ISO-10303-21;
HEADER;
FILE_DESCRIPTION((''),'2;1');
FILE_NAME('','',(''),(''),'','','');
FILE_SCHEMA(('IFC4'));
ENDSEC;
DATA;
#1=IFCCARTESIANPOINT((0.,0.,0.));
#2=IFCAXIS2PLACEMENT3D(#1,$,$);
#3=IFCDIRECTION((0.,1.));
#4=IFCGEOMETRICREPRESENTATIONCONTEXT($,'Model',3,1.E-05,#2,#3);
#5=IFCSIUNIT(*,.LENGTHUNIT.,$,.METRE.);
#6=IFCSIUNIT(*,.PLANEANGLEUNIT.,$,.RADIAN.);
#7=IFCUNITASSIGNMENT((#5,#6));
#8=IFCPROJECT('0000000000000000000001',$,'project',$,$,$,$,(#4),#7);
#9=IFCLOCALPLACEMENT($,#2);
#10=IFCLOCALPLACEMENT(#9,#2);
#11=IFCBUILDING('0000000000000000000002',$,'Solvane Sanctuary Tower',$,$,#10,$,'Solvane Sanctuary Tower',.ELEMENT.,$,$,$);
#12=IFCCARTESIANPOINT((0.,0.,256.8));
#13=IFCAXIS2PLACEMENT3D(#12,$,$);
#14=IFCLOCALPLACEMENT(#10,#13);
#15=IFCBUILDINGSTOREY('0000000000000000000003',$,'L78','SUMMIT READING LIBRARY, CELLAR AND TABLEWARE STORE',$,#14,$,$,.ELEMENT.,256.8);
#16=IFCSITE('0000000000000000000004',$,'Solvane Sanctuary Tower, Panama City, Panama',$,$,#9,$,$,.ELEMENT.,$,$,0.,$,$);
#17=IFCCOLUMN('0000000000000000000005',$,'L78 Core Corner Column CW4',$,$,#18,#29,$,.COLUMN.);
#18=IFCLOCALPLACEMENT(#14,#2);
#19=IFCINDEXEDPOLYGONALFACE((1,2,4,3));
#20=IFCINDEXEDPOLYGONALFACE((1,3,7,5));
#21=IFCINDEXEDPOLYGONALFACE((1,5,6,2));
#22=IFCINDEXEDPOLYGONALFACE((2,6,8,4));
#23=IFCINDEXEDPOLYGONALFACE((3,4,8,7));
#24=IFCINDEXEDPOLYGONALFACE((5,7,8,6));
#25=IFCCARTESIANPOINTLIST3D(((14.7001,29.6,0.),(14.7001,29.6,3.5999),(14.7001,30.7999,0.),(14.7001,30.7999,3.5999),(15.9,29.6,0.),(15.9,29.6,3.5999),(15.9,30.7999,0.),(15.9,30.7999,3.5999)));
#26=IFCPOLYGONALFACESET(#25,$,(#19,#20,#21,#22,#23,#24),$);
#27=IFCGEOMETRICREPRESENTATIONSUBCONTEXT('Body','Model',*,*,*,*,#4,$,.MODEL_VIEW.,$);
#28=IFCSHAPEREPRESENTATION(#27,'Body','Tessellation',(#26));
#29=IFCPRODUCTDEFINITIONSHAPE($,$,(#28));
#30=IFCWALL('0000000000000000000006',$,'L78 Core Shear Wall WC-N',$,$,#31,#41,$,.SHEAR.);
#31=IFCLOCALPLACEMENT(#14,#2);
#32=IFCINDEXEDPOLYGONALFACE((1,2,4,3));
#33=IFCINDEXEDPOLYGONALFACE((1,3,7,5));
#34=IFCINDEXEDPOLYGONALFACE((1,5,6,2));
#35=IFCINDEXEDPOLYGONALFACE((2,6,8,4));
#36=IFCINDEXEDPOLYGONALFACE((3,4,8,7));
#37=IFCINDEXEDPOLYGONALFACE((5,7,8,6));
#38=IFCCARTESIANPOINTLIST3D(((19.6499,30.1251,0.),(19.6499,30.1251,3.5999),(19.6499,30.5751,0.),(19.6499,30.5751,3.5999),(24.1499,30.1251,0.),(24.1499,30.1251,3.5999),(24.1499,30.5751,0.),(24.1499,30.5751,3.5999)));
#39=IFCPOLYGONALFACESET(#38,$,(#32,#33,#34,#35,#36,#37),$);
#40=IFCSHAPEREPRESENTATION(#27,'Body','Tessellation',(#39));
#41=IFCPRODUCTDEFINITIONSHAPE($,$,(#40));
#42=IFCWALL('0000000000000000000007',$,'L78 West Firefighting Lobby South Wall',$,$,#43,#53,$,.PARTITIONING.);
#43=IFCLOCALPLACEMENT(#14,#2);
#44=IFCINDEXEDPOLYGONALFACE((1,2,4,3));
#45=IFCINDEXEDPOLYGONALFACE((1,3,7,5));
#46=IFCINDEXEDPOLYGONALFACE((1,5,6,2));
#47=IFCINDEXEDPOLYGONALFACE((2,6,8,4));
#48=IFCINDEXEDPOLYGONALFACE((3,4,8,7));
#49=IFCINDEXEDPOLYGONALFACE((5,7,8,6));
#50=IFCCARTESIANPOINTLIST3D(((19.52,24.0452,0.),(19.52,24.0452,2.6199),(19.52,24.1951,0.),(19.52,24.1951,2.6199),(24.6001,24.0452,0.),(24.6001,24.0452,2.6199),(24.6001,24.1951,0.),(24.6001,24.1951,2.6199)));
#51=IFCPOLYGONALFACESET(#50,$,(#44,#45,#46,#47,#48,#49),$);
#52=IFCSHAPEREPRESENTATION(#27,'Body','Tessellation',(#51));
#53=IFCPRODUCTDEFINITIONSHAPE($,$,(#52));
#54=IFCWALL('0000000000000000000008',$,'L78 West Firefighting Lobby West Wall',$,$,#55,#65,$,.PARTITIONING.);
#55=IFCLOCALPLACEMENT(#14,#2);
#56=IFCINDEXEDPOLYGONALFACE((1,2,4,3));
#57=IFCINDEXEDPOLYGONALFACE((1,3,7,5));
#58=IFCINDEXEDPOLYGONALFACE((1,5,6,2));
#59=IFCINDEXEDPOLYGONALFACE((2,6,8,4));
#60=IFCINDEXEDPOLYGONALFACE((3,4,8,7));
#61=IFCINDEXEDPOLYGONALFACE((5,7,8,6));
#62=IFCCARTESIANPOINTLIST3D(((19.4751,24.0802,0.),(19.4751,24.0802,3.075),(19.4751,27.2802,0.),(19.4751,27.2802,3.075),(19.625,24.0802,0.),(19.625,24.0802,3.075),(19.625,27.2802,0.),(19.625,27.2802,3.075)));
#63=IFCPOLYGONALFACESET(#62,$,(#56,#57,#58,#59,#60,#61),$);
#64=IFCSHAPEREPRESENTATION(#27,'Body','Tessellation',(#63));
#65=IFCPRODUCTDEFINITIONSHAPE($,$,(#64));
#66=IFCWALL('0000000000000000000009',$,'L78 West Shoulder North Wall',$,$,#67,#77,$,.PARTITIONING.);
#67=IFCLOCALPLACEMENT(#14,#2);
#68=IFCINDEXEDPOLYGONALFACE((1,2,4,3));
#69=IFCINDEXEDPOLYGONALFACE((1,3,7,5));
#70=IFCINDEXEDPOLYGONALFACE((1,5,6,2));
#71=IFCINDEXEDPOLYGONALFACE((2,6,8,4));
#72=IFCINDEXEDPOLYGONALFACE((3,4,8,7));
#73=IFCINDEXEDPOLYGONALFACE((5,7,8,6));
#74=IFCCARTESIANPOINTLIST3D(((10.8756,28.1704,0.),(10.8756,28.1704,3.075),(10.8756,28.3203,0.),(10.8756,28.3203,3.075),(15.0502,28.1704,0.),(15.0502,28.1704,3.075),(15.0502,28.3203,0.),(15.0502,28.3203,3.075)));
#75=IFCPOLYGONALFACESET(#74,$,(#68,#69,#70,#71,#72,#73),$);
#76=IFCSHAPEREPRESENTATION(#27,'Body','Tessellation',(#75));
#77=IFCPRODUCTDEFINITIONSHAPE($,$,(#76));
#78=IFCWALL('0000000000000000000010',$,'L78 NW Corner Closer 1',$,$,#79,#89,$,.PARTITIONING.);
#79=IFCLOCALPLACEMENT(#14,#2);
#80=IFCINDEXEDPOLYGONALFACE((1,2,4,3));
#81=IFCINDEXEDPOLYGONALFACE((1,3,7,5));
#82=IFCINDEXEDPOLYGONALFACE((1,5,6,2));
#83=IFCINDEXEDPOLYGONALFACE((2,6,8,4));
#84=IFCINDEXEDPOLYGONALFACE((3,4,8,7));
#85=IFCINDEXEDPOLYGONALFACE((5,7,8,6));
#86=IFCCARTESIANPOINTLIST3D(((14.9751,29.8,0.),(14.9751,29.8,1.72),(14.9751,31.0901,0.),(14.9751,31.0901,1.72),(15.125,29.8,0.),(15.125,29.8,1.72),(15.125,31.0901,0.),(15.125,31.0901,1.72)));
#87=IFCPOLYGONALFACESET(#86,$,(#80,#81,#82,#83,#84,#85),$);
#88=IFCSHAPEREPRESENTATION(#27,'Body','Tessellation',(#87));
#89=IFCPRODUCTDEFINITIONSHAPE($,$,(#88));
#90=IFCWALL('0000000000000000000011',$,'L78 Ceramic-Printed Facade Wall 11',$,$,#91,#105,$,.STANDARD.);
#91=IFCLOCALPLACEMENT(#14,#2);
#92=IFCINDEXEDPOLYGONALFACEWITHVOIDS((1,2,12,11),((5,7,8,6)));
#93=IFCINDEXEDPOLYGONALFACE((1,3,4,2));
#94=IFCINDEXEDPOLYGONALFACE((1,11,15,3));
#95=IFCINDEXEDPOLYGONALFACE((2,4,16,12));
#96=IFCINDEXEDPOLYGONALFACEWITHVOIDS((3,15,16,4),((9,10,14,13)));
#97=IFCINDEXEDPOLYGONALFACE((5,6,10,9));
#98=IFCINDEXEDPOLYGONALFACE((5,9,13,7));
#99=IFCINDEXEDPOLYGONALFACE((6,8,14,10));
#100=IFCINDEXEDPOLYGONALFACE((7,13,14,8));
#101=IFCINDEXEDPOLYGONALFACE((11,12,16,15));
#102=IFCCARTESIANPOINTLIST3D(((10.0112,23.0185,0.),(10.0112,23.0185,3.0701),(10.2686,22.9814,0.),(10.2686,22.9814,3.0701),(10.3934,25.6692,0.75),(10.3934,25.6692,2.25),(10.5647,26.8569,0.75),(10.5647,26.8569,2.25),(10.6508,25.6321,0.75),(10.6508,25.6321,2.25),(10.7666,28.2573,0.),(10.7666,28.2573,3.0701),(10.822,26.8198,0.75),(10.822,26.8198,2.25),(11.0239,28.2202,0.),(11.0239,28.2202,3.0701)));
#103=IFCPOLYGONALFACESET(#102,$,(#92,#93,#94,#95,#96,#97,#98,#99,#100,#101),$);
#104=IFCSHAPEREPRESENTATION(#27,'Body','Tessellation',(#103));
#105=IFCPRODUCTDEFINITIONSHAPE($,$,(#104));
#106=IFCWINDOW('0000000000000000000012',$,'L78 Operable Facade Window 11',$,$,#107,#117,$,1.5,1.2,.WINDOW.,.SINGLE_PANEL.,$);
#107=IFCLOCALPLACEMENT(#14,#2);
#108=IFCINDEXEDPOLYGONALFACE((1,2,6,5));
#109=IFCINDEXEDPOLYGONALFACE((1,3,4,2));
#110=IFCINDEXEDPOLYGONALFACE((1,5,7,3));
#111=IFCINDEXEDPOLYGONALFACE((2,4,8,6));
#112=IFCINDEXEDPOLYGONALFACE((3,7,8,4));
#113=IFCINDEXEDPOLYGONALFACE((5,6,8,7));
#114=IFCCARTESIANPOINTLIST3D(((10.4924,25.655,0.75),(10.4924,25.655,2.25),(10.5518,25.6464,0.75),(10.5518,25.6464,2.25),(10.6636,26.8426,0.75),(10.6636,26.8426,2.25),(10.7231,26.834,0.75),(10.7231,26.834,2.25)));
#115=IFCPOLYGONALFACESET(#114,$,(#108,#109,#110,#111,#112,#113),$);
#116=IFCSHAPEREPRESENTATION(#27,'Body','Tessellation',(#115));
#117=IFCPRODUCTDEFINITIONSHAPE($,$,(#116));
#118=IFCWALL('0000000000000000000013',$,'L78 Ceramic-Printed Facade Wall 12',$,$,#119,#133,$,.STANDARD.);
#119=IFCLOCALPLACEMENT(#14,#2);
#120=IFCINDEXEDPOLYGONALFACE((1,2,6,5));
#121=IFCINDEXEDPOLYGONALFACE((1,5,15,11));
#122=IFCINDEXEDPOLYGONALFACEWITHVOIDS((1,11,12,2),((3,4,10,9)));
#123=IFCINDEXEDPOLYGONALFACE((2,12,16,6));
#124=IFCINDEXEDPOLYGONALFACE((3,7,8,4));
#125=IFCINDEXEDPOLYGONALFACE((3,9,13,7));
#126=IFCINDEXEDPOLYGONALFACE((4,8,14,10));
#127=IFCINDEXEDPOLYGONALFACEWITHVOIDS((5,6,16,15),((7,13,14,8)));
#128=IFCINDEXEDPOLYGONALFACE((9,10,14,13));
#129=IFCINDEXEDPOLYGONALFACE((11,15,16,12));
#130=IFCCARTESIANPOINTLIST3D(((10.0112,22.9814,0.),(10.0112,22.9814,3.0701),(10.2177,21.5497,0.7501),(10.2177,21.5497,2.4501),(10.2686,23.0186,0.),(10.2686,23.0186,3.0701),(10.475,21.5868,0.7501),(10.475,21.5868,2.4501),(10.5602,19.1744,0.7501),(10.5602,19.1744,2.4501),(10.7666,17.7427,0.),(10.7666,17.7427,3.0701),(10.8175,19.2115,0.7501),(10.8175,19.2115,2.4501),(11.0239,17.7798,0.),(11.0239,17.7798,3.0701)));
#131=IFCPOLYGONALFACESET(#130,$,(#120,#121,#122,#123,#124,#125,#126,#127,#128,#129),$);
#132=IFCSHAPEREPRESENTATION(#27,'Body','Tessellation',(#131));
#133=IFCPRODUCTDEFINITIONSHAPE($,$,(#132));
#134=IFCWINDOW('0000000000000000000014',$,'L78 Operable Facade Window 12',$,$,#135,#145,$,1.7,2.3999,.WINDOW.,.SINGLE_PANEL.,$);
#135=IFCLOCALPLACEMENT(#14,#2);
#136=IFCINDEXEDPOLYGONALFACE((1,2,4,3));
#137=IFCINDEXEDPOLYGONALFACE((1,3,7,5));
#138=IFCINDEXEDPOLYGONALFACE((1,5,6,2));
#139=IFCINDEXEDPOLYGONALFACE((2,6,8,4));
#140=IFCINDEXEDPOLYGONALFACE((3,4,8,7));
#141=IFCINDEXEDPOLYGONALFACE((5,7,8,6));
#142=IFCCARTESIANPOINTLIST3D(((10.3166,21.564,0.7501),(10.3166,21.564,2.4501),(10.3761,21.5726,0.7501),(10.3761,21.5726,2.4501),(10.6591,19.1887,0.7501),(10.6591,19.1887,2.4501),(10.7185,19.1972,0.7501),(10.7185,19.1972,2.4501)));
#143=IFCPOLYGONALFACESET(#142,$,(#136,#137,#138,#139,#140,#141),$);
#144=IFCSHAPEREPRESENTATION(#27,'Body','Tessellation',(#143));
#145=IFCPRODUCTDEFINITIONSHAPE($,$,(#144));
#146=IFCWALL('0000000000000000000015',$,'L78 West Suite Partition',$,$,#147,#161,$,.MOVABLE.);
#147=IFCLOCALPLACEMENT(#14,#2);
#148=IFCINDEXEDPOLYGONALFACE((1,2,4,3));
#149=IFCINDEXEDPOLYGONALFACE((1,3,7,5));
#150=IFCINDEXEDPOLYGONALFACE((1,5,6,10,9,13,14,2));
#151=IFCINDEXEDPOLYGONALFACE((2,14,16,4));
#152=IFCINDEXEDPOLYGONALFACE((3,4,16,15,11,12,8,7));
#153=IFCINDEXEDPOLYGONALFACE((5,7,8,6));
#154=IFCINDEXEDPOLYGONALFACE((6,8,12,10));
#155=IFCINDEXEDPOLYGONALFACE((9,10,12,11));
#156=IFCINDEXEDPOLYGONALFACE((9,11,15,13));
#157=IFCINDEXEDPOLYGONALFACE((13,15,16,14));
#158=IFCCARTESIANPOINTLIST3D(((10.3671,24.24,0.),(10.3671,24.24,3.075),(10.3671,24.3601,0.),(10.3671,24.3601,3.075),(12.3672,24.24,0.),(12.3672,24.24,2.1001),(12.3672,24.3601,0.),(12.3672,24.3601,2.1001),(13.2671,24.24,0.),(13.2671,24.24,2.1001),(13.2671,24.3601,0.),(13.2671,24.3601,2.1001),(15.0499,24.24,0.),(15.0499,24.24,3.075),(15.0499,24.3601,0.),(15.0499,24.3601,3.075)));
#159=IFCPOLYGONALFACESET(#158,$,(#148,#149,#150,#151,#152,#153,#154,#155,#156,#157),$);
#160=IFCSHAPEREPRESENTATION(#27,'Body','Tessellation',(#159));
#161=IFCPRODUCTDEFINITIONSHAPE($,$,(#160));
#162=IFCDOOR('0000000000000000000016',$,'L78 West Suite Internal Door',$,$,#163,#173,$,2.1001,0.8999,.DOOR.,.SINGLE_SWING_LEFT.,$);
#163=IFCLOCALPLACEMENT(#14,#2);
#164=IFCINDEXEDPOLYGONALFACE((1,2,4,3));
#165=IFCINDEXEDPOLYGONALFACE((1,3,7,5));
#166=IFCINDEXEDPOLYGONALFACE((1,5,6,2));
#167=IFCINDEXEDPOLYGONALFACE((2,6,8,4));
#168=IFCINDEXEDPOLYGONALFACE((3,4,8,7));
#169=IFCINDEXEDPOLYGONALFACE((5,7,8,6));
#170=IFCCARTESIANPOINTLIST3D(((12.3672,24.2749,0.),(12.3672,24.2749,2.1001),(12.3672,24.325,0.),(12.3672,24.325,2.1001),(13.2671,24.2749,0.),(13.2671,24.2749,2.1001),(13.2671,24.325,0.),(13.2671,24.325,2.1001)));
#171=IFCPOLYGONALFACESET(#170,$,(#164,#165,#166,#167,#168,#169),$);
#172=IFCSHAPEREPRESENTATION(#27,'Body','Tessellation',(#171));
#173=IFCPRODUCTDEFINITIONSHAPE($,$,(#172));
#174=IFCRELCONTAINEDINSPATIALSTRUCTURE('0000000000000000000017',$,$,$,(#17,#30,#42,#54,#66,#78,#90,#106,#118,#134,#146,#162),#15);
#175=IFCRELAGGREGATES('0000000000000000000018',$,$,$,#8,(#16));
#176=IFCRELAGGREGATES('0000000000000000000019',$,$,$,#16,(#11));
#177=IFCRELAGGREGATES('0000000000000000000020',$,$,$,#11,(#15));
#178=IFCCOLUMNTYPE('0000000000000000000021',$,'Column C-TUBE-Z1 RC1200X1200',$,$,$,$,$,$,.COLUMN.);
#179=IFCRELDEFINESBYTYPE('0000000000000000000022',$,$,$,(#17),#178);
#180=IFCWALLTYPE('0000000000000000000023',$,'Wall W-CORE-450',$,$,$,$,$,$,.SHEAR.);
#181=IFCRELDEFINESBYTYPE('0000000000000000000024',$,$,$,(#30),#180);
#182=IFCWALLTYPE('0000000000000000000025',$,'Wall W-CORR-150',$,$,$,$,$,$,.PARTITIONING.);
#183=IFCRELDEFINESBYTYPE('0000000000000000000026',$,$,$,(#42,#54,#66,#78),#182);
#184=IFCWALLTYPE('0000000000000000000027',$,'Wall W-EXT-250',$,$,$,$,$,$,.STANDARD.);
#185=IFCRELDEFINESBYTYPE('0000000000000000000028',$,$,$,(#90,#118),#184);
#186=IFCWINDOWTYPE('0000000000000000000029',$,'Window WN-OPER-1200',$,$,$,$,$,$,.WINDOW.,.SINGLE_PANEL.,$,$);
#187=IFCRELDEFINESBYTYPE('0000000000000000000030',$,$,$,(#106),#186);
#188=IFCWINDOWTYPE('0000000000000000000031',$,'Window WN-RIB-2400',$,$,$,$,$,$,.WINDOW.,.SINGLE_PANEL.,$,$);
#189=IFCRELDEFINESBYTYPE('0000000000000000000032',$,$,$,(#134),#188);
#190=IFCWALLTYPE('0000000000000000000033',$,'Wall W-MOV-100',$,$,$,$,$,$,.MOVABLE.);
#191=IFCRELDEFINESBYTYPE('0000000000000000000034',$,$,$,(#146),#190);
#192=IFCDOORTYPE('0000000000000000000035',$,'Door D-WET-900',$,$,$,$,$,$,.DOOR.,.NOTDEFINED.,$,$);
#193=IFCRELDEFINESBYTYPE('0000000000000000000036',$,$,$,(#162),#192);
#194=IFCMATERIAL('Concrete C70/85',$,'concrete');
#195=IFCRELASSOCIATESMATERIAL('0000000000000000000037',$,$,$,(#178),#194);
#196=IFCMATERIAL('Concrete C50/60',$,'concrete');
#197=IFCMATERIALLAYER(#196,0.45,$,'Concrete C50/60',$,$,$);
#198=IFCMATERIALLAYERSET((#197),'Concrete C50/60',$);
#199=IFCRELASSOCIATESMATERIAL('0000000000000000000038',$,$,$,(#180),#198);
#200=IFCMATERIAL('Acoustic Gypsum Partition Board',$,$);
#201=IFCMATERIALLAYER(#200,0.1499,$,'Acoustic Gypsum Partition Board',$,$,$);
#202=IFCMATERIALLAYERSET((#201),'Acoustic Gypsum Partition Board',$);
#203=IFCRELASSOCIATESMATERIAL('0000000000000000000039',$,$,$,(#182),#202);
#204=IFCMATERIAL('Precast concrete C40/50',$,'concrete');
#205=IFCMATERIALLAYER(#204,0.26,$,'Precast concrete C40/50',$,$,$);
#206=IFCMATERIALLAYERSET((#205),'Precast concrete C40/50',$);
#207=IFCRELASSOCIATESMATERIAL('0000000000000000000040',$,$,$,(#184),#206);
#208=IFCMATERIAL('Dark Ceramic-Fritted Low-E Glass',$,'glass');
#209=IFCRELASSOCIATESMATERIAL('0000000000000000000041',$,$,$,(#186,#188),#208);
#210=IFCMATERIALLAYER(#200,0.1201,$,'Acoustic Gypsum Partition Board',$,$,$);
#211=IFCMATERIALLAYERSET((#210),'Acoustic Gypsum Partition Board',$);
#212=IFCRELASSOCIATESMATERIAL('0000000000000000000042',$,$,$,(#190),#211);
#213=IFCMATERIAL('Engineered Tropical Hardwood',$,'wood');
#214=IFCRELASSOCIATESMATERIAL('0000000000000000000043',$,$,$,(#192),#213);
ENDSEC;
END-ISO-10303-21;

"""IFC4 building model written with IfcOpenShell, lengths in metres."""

from ifc_helpers import new_model, si_unit, direction, frame, frame_2d, origin, origin_2d, place, context, subcontext, project, spatial, rectangle, extrude, material, layer, layer_set, material_profile, profile_set, type_object, element, fill, save


model = new_model("IFC4")

# Units and contexts
model_context = context("Model", 3, precision=1e-05, world=origin(), true_north=direction((0.0, 1.0)))
body_context = subcontext(model_context, "Body", "Model", "MODEL_VIEW")
ifc_project = project(units=[si_unit("LENGTHUNIT", "METRE"), si_unit("PLANEANGLEUNIT", "RADIAN")], contexts=[model_context])

# Site, building, storey
site_placement = place(None, origin())
site = spatial("IfcSite", under=ifc_project, at=site_placement, Name="Solvane Sanctuary Tower, Panama City, Panama", CompositionType="ELEMENT", RefElevation=0.0)
building_placement = place(site_placement, origin())
building = spatial("IfcBuilding", under=site, at=building_placement, Name="Solvane Sanctuary Tower", LongName="Solvane Sanctuary Tower", CompositionType="ELEMENT")
storey_placement = place(building_placement, frame((0.0, 0.0, 256.8)))
storey = spatial("IfcBuildingStorey", under=building, at=storey_placement, Name="L78", Description="SUMMIT READING LIBRARY, CELLAR AND TABLEWARE STORE", CompositionType="ELEMENT", Elevation=256.8)

# Column
ifc_material_1 = material(Name="Concrete C70/85", Category="concrete")
ifc_material_profile = material_profile(ifc_material_1, rectangle(XDim=1.2, YDim=1.2, at=origin_2d()), Name="RC1200X1200")
ifc_profile_set = profile_set([ifc_material_profile], Name="Concrete C70/85")
column_type = type_object("IfcColumnType", Name="Column C-TUBE-Z1 RC1200X1200", PredefinedType="COLUMN", material=ifc_profile_set)
column_placement = place(storey_placement, frame((15.3, 30.2, 0.0), z_axis=(0.0, 0.0, 1.0), x_axis=(1.0, 0.0, 0.0)))
element("IfcColumn", 1, at=column_placement, inside=storey, type_object=column_type, Name="L78 Core Corner Column CW4", PredefinedType="COLUMN", context=body_context, shape_type="SweptSolid", body=[
    extrude(rectangle(XDim=1.2, YDim=1.2, at=origin_2d()), origin(), (0.0, 0.0, 1.0), 3.5999),
])

# Walls
ifc_material_2 = material(Name="Concrete C50/60", Category="concrete")
ifc_layer_1 = layer(ifc_material_2, 0.45, Name="Concrete C50/60")
ifc_layer_set_1 = layer_set([ifc_layer_1], Name="Concrete C50/60")
wall_type_1 = type_object("IfcWallType", Name="Wall W-CORE-450", PredefinedType="SHEAR", material=ifc_layer_set_1)
wall_1_placement = place(storey_placement, frame((19.6499, 30.3501, 0.0), z_axis=(0.0, 0.0, 1.0), x_axis=(1.0, 0.0, 0.0)))
element("IfcWall", 2, at=wall_1_placement, inside=storey, type_object=wall_type_1, Name="L78 Core Shear Wall WC-N", PredefinedType="SHEAR", context=body_context, shape_type="SweptSolid", body=[
    extrude(rectangle(XDim=4.5, YDim=0.45, at=frame_2d((2.25, 0.0))), origin(), (0.0, 0.0, 1.0), 3.5999),
])
ifc_material_3 = material(Name="Acoustic Gypsum Partition Board")
ifc_layer_2 = layer(ifc_material_3, 0.1499, Name="Acoustic Gypsum Partition Board")
ifc_layer_set_2 = layer_set([ifc_layer_2], Name="Acoustic Gypsum Partition Board")
wall_type_2 = type_object("IfcWallType", Name="Wall W-CORR-150", PredefinedType="PARTITIONING", material=ifc_layer_set_2)
wall_2_placement = place(storey_placement, frame((19.52, 24.1201, 0.0), z_axis=(0.0, 0.0, 1.0), x_axis=(1.0, 0.0, 0.0)))
element("IfcWall", 3, at=wall_2_placement, inside=storey, type_object=wall_type_2, Name="L78 West Firefighting Lobby South Wall", PredefinedType="PARTITIONING", context=body_context, shape_type="SweptSolid", body=[
    extrude(rectangle(XDim=5.0801, YDim=0.1499, at=frame_2d((2.54, 0.0))), origin(), (0.0, 0.0, 1.0), 2.6199),
])
wall_3_placement = place(storey_placement, frame((19.55, 24.0801, 0.0), z_axis=(0.0, 0.0, 1.0), x_axis=(0.0, 1.0, 0.0)))
element("IfcWall", 4, at=wall_3_placement, inside=storey, type_object=wall_type_2, Name="L78 West Firefighting Lobby West Wall", PredefinedType="PARTITIONING", context=body_context, shape_type="SweptSolid", body=[
    extrude(rectangle(XDim=3.2, YDim=0.1499, at=frame_2d((1.6001, 0.0))), origin(), (0.0, 0.0, 1.0), 3.075),
])
wall_4_placement = place(storey_placement, frame((10.8755, 28.2454, 0.0), z_axis=(0.0, 0.0, 1.0), x_axis=(1.0, 0.0, 0.0)))
element("IfcWall", 5, at=wall_4_placement, inside=storey, type_object=wall_type_2, Name="L78 West Shoulder North Wall", PredefinedType="PARTITIONING", context=body_context, shape_type="SweptSolid", body=[
    extrude(rectangle(XDim=4.1746, YDim=0.1499, at=frame_2d((2.0874, 0.0))), origin(), (0.0, 0.0, 1.0), 3.075),
])
wall_5_placement = place(storey_placement, frame((15.05, 29.8, 0.0), z_axis=(0.0, 0.0, 1.0), x_axis=(0.0, 1.0, 0.0)))
element("IfcWall", 6, at=wall_5_placement, inside=storey, type_object=wall_type_2, Name="L78 NW Corner Closer 1", PredefinedType="PARTITIONING", context=body_context, shape_type="SweptSolid", body=[
    extrude(rectangle(XDim=1.29, YDim=0.1499, at=frame_2d((0.645, 0.0))), origin(), (0.0, 0.0, 1.0), 1.72),
])

# Walls, openings, windows
ifc_material_4 = material(Name="Precast concrete C40/50", Category="concrete")
ifc_layer_3 = layer(ifc_material_4, 0.26, Name="Precast concrete C40/50")
ifc_layer_set_3 = layer_set([ifc_layer_3], Name="Precast concrete C40/50")
wall_type_3 = type_object("IfcWallType", Name="Wall W-EXT-250", PredefinedType="STANDARD", material=ifc_layer_set_3)
wall_6_placement = place(storey_placement, frame((10.8953, 28.2388, 0.0), z_axis=(0.0, 0.0, 1.0), x_axis=(-0.142713, -0.989764, 0.0)))
wall_6 = element("IfcWall", 7, at=wall_6_placement, inside=storey, type_object=wall_type_3, Name="L78 Ceramic-Printed Facade Wall 11", PredefinedType="STANDARD", context=body_context, shape_type="SweptSolid", body=[
    extrude(rectangle(XDim=5.293, YDim=0.26, at=frame_2d((2.6465, 0.0))), origin(), (0.0, 0.0, 1.0), 3.0701),
])
opening_1_placement = place(wall_6_placement, frame((1.4148, 0.0, 0.75)))
opening_1 = element("IfcOpeningElement", 8, at=opening_1_placement, cuts=wall_6, PredefinedType="OPENING", context=body_context, shape_type="SweptSolid", body=[
    extrude(rectangle(XDim=1.2, YDim=1.5, at=frame_2d((0.6001, 0.75))), frame((0.0, 0.1399, 0.0), z_axis=(0.0, -1.0, 0.0), x_axis=(1.0, 0.0, 0.0)), (0.0, 0.0, 1.0), 0.28),
])
ifc_material_5 = material(Name="Dark Ceramic-Fritted Low-E Glass", Category="glass")
window_type_1 = type_object("IfcWindowType", Name="Window WN-OPER-1200", PartitioningType="SINGLE_PANEL", PredefinedType="WINDOW", material=ifc_material_5)
window_1_placement = place(opening_1_placement, origin())
window_1 = element("IfcWindow", 9, at=window_1_placement, inside=storey, type_object=window_type_1, Name="L78 Operable Facade Window 11", OverallHeight=1.5, OverallWidth=1.2, PartitioningType="SINGLE_PANEL", PredefinedType="WINDOW", context=body_context, shape_type="SweptSolid", body=[
    extrude(rectangle(XDim=1.2, YDim=1.5, at=frame_2d((0.6001, 0.75))), frame((0.0, 0.03, 0.0), z_axis=(0.0, -1.0, 0.0), x_axis=(1.0, 0.0, 0.0)), (0.0, 0.0, 1.0), 0.0601),
])
fill(opening_1, window_1)
wall_7_placement = place(storey_placement, frame((10.1399, 23.0, 0.0), z_axis=(0.0, 0.0, 1.0), x_axis=(0.142713, -0.989764, 0.0)))
wall_7 = element("IfcWall", 10, at=wall_7_placement, inside=storey, type_object=wall_type_3, Name="L78 Ceramic-Printed Facade Wall 12", PredefinedType="STANDARD", context=body_context, shape_type="SweptSolid", body=[
    extrude(rectangle(XDim=5.293, YDim=0.26, at=frame_2d((2.6465, 0.0))), origin(), (0.0, 0.0, 1.0), 3.0701),
])
opening_2_placement = place(wall_7_placement, frame((1.4465, 0.0, 0.75)))
opening_2 = element("IfcOpeningElement", 11, at=opening_2_placement, cuts=wall_7, PredefinedType="OPENING", context=body_context, shape_type="SweptSolid", body=[
    extrude(rectangle(XDim=2.3999, YDim=1.7, at=frame_2d((1.2, 0.8501))), frame((0.0, 0.1399, 0.0), z_axis=(0.0, -1.0, 0.0), x_axis=(1.0, 0.0, 0.0)), (0.0, 0.0, 1.0), 0.28),
])
window_type_2 = type_object("IfcWindowType", Name="Window WN-RIB-2400", PartitioningType="SINGLE_PANEL", PredefinedType="WINDOW", material=ifc_material_5)
window_2_placement = place(opening_2_placement, origin())
window_2 = element("IfcWindow", 12, at=window_2_placement, inside=storey, type_object=window_type_2, Name="L78 Operable Facade Window 12", OverallHeight=1.7, OverallWidth=2.3999, PartitioningType="SINGLE_PANEL", PredefinedType="WINDOW", context=body_context, shape_type="SweptSolid", body=[
    extrude(rectangle(XDim=2.3999, YDim=1.7, at=frame_2d((1.2, 0.8501))), frame((0.0, 0.03, 0.0), z_axis=(0.0, -1.0, 0.0), x_axis=(1.0, 0.0, 0.0)), (0.0, 0.0, 1.0), 0.0601),
])
fill(opening_2, window_2)

# Wall, opening, door
ifc_layer_4 = layer(ifc_material_3, 0.1201, Name="Acoustic Gypsum Partition Board")
ifc_layer_set_4 = layer_set([ifc_layer_4], Name="Acoustic Gypsum Partition Board")
wall_type_4 = type_object("IfcWallType", Name="Wall W-MOV-100", PredefinedType="MOVABLE", material=ifc_layer_set_4)
wall_8_placement = place(storey_placement, frame((10.3672, 24.3, 0.0), z_axis=(0.0, 0.0, 1.0), x_axis=(1.0, 0.0, 0.0)))
wall_8 = element("IfcWall", 13, at=wall_8_placement, inside=storey, type_object=wall_type_4, Name="L78 West Suite Partition", PredefinedType="MOVABLE", context=body_context, shape_type="SweptSolid", body=[
    extrude(rectangle(XDim=4.6829, YDim=0.1201, at=frame_2d((2.3413, 0.0))), origin(), (0.0, 0.0, 1.0), 3.075),
])
opening_3_placement = place(wall_8_placement, frame((2.0, 0.0, 0.0)))
opening_3 = element("IfcOpeningElement", 14, at=opening_3_placement, cuts=wall_8, PredefinedType="OPENING", context=body_context, shape_type="SweptSolid", body=[
    extrude(rectangle(XDim=0.8999, YDim=2.1001, at=frame_2d((0.45, 1.05))), frame((0.0, 0.0701, 0.0), z_axis=(0.0, -1.0, 0.0), x_axis=(1.0, 0.0, 0.0)), (0.0, 0.0, 1.0), 0.1401),
])
ifc_material_6 = material(Name="Engineered Tropical Hardwood", Category="wood")
door_type_1 = type_object("IfcDoorType", Name="Door D-WET-900", OperationType="NOTDEFINED", PredefinedType="DOOR", material=ifc_material_6)
door_1_placement = place(opening_3_placement, origin())
door_1 = element("IfcDoor", 15, at=door_1_placement, inside=storey, type_object=door_type_1, Name="L78 West Suite Internal Door", OperationType="SINGLE_SWING_LEFT", OverallHeight=2.1001, OverallWidth=0.8999, PredefinedType="DOOR", context=body_context, shape_type="SweptSolid", body=[
    extrude(rectangle(XDim=0.8999, YDim=2.1001, at=frame_2d((0.45, 1.05))), frame((0.0, 0.0249, 0.0), z_axis=(0.0, -1.0, 0.0), x_axis=(1.0, 0.0, 0.0)), (0.0, 0.0, 1.0), 0.05),
])
fill(opening_3, door_1)

save(model, "model.ifc")
